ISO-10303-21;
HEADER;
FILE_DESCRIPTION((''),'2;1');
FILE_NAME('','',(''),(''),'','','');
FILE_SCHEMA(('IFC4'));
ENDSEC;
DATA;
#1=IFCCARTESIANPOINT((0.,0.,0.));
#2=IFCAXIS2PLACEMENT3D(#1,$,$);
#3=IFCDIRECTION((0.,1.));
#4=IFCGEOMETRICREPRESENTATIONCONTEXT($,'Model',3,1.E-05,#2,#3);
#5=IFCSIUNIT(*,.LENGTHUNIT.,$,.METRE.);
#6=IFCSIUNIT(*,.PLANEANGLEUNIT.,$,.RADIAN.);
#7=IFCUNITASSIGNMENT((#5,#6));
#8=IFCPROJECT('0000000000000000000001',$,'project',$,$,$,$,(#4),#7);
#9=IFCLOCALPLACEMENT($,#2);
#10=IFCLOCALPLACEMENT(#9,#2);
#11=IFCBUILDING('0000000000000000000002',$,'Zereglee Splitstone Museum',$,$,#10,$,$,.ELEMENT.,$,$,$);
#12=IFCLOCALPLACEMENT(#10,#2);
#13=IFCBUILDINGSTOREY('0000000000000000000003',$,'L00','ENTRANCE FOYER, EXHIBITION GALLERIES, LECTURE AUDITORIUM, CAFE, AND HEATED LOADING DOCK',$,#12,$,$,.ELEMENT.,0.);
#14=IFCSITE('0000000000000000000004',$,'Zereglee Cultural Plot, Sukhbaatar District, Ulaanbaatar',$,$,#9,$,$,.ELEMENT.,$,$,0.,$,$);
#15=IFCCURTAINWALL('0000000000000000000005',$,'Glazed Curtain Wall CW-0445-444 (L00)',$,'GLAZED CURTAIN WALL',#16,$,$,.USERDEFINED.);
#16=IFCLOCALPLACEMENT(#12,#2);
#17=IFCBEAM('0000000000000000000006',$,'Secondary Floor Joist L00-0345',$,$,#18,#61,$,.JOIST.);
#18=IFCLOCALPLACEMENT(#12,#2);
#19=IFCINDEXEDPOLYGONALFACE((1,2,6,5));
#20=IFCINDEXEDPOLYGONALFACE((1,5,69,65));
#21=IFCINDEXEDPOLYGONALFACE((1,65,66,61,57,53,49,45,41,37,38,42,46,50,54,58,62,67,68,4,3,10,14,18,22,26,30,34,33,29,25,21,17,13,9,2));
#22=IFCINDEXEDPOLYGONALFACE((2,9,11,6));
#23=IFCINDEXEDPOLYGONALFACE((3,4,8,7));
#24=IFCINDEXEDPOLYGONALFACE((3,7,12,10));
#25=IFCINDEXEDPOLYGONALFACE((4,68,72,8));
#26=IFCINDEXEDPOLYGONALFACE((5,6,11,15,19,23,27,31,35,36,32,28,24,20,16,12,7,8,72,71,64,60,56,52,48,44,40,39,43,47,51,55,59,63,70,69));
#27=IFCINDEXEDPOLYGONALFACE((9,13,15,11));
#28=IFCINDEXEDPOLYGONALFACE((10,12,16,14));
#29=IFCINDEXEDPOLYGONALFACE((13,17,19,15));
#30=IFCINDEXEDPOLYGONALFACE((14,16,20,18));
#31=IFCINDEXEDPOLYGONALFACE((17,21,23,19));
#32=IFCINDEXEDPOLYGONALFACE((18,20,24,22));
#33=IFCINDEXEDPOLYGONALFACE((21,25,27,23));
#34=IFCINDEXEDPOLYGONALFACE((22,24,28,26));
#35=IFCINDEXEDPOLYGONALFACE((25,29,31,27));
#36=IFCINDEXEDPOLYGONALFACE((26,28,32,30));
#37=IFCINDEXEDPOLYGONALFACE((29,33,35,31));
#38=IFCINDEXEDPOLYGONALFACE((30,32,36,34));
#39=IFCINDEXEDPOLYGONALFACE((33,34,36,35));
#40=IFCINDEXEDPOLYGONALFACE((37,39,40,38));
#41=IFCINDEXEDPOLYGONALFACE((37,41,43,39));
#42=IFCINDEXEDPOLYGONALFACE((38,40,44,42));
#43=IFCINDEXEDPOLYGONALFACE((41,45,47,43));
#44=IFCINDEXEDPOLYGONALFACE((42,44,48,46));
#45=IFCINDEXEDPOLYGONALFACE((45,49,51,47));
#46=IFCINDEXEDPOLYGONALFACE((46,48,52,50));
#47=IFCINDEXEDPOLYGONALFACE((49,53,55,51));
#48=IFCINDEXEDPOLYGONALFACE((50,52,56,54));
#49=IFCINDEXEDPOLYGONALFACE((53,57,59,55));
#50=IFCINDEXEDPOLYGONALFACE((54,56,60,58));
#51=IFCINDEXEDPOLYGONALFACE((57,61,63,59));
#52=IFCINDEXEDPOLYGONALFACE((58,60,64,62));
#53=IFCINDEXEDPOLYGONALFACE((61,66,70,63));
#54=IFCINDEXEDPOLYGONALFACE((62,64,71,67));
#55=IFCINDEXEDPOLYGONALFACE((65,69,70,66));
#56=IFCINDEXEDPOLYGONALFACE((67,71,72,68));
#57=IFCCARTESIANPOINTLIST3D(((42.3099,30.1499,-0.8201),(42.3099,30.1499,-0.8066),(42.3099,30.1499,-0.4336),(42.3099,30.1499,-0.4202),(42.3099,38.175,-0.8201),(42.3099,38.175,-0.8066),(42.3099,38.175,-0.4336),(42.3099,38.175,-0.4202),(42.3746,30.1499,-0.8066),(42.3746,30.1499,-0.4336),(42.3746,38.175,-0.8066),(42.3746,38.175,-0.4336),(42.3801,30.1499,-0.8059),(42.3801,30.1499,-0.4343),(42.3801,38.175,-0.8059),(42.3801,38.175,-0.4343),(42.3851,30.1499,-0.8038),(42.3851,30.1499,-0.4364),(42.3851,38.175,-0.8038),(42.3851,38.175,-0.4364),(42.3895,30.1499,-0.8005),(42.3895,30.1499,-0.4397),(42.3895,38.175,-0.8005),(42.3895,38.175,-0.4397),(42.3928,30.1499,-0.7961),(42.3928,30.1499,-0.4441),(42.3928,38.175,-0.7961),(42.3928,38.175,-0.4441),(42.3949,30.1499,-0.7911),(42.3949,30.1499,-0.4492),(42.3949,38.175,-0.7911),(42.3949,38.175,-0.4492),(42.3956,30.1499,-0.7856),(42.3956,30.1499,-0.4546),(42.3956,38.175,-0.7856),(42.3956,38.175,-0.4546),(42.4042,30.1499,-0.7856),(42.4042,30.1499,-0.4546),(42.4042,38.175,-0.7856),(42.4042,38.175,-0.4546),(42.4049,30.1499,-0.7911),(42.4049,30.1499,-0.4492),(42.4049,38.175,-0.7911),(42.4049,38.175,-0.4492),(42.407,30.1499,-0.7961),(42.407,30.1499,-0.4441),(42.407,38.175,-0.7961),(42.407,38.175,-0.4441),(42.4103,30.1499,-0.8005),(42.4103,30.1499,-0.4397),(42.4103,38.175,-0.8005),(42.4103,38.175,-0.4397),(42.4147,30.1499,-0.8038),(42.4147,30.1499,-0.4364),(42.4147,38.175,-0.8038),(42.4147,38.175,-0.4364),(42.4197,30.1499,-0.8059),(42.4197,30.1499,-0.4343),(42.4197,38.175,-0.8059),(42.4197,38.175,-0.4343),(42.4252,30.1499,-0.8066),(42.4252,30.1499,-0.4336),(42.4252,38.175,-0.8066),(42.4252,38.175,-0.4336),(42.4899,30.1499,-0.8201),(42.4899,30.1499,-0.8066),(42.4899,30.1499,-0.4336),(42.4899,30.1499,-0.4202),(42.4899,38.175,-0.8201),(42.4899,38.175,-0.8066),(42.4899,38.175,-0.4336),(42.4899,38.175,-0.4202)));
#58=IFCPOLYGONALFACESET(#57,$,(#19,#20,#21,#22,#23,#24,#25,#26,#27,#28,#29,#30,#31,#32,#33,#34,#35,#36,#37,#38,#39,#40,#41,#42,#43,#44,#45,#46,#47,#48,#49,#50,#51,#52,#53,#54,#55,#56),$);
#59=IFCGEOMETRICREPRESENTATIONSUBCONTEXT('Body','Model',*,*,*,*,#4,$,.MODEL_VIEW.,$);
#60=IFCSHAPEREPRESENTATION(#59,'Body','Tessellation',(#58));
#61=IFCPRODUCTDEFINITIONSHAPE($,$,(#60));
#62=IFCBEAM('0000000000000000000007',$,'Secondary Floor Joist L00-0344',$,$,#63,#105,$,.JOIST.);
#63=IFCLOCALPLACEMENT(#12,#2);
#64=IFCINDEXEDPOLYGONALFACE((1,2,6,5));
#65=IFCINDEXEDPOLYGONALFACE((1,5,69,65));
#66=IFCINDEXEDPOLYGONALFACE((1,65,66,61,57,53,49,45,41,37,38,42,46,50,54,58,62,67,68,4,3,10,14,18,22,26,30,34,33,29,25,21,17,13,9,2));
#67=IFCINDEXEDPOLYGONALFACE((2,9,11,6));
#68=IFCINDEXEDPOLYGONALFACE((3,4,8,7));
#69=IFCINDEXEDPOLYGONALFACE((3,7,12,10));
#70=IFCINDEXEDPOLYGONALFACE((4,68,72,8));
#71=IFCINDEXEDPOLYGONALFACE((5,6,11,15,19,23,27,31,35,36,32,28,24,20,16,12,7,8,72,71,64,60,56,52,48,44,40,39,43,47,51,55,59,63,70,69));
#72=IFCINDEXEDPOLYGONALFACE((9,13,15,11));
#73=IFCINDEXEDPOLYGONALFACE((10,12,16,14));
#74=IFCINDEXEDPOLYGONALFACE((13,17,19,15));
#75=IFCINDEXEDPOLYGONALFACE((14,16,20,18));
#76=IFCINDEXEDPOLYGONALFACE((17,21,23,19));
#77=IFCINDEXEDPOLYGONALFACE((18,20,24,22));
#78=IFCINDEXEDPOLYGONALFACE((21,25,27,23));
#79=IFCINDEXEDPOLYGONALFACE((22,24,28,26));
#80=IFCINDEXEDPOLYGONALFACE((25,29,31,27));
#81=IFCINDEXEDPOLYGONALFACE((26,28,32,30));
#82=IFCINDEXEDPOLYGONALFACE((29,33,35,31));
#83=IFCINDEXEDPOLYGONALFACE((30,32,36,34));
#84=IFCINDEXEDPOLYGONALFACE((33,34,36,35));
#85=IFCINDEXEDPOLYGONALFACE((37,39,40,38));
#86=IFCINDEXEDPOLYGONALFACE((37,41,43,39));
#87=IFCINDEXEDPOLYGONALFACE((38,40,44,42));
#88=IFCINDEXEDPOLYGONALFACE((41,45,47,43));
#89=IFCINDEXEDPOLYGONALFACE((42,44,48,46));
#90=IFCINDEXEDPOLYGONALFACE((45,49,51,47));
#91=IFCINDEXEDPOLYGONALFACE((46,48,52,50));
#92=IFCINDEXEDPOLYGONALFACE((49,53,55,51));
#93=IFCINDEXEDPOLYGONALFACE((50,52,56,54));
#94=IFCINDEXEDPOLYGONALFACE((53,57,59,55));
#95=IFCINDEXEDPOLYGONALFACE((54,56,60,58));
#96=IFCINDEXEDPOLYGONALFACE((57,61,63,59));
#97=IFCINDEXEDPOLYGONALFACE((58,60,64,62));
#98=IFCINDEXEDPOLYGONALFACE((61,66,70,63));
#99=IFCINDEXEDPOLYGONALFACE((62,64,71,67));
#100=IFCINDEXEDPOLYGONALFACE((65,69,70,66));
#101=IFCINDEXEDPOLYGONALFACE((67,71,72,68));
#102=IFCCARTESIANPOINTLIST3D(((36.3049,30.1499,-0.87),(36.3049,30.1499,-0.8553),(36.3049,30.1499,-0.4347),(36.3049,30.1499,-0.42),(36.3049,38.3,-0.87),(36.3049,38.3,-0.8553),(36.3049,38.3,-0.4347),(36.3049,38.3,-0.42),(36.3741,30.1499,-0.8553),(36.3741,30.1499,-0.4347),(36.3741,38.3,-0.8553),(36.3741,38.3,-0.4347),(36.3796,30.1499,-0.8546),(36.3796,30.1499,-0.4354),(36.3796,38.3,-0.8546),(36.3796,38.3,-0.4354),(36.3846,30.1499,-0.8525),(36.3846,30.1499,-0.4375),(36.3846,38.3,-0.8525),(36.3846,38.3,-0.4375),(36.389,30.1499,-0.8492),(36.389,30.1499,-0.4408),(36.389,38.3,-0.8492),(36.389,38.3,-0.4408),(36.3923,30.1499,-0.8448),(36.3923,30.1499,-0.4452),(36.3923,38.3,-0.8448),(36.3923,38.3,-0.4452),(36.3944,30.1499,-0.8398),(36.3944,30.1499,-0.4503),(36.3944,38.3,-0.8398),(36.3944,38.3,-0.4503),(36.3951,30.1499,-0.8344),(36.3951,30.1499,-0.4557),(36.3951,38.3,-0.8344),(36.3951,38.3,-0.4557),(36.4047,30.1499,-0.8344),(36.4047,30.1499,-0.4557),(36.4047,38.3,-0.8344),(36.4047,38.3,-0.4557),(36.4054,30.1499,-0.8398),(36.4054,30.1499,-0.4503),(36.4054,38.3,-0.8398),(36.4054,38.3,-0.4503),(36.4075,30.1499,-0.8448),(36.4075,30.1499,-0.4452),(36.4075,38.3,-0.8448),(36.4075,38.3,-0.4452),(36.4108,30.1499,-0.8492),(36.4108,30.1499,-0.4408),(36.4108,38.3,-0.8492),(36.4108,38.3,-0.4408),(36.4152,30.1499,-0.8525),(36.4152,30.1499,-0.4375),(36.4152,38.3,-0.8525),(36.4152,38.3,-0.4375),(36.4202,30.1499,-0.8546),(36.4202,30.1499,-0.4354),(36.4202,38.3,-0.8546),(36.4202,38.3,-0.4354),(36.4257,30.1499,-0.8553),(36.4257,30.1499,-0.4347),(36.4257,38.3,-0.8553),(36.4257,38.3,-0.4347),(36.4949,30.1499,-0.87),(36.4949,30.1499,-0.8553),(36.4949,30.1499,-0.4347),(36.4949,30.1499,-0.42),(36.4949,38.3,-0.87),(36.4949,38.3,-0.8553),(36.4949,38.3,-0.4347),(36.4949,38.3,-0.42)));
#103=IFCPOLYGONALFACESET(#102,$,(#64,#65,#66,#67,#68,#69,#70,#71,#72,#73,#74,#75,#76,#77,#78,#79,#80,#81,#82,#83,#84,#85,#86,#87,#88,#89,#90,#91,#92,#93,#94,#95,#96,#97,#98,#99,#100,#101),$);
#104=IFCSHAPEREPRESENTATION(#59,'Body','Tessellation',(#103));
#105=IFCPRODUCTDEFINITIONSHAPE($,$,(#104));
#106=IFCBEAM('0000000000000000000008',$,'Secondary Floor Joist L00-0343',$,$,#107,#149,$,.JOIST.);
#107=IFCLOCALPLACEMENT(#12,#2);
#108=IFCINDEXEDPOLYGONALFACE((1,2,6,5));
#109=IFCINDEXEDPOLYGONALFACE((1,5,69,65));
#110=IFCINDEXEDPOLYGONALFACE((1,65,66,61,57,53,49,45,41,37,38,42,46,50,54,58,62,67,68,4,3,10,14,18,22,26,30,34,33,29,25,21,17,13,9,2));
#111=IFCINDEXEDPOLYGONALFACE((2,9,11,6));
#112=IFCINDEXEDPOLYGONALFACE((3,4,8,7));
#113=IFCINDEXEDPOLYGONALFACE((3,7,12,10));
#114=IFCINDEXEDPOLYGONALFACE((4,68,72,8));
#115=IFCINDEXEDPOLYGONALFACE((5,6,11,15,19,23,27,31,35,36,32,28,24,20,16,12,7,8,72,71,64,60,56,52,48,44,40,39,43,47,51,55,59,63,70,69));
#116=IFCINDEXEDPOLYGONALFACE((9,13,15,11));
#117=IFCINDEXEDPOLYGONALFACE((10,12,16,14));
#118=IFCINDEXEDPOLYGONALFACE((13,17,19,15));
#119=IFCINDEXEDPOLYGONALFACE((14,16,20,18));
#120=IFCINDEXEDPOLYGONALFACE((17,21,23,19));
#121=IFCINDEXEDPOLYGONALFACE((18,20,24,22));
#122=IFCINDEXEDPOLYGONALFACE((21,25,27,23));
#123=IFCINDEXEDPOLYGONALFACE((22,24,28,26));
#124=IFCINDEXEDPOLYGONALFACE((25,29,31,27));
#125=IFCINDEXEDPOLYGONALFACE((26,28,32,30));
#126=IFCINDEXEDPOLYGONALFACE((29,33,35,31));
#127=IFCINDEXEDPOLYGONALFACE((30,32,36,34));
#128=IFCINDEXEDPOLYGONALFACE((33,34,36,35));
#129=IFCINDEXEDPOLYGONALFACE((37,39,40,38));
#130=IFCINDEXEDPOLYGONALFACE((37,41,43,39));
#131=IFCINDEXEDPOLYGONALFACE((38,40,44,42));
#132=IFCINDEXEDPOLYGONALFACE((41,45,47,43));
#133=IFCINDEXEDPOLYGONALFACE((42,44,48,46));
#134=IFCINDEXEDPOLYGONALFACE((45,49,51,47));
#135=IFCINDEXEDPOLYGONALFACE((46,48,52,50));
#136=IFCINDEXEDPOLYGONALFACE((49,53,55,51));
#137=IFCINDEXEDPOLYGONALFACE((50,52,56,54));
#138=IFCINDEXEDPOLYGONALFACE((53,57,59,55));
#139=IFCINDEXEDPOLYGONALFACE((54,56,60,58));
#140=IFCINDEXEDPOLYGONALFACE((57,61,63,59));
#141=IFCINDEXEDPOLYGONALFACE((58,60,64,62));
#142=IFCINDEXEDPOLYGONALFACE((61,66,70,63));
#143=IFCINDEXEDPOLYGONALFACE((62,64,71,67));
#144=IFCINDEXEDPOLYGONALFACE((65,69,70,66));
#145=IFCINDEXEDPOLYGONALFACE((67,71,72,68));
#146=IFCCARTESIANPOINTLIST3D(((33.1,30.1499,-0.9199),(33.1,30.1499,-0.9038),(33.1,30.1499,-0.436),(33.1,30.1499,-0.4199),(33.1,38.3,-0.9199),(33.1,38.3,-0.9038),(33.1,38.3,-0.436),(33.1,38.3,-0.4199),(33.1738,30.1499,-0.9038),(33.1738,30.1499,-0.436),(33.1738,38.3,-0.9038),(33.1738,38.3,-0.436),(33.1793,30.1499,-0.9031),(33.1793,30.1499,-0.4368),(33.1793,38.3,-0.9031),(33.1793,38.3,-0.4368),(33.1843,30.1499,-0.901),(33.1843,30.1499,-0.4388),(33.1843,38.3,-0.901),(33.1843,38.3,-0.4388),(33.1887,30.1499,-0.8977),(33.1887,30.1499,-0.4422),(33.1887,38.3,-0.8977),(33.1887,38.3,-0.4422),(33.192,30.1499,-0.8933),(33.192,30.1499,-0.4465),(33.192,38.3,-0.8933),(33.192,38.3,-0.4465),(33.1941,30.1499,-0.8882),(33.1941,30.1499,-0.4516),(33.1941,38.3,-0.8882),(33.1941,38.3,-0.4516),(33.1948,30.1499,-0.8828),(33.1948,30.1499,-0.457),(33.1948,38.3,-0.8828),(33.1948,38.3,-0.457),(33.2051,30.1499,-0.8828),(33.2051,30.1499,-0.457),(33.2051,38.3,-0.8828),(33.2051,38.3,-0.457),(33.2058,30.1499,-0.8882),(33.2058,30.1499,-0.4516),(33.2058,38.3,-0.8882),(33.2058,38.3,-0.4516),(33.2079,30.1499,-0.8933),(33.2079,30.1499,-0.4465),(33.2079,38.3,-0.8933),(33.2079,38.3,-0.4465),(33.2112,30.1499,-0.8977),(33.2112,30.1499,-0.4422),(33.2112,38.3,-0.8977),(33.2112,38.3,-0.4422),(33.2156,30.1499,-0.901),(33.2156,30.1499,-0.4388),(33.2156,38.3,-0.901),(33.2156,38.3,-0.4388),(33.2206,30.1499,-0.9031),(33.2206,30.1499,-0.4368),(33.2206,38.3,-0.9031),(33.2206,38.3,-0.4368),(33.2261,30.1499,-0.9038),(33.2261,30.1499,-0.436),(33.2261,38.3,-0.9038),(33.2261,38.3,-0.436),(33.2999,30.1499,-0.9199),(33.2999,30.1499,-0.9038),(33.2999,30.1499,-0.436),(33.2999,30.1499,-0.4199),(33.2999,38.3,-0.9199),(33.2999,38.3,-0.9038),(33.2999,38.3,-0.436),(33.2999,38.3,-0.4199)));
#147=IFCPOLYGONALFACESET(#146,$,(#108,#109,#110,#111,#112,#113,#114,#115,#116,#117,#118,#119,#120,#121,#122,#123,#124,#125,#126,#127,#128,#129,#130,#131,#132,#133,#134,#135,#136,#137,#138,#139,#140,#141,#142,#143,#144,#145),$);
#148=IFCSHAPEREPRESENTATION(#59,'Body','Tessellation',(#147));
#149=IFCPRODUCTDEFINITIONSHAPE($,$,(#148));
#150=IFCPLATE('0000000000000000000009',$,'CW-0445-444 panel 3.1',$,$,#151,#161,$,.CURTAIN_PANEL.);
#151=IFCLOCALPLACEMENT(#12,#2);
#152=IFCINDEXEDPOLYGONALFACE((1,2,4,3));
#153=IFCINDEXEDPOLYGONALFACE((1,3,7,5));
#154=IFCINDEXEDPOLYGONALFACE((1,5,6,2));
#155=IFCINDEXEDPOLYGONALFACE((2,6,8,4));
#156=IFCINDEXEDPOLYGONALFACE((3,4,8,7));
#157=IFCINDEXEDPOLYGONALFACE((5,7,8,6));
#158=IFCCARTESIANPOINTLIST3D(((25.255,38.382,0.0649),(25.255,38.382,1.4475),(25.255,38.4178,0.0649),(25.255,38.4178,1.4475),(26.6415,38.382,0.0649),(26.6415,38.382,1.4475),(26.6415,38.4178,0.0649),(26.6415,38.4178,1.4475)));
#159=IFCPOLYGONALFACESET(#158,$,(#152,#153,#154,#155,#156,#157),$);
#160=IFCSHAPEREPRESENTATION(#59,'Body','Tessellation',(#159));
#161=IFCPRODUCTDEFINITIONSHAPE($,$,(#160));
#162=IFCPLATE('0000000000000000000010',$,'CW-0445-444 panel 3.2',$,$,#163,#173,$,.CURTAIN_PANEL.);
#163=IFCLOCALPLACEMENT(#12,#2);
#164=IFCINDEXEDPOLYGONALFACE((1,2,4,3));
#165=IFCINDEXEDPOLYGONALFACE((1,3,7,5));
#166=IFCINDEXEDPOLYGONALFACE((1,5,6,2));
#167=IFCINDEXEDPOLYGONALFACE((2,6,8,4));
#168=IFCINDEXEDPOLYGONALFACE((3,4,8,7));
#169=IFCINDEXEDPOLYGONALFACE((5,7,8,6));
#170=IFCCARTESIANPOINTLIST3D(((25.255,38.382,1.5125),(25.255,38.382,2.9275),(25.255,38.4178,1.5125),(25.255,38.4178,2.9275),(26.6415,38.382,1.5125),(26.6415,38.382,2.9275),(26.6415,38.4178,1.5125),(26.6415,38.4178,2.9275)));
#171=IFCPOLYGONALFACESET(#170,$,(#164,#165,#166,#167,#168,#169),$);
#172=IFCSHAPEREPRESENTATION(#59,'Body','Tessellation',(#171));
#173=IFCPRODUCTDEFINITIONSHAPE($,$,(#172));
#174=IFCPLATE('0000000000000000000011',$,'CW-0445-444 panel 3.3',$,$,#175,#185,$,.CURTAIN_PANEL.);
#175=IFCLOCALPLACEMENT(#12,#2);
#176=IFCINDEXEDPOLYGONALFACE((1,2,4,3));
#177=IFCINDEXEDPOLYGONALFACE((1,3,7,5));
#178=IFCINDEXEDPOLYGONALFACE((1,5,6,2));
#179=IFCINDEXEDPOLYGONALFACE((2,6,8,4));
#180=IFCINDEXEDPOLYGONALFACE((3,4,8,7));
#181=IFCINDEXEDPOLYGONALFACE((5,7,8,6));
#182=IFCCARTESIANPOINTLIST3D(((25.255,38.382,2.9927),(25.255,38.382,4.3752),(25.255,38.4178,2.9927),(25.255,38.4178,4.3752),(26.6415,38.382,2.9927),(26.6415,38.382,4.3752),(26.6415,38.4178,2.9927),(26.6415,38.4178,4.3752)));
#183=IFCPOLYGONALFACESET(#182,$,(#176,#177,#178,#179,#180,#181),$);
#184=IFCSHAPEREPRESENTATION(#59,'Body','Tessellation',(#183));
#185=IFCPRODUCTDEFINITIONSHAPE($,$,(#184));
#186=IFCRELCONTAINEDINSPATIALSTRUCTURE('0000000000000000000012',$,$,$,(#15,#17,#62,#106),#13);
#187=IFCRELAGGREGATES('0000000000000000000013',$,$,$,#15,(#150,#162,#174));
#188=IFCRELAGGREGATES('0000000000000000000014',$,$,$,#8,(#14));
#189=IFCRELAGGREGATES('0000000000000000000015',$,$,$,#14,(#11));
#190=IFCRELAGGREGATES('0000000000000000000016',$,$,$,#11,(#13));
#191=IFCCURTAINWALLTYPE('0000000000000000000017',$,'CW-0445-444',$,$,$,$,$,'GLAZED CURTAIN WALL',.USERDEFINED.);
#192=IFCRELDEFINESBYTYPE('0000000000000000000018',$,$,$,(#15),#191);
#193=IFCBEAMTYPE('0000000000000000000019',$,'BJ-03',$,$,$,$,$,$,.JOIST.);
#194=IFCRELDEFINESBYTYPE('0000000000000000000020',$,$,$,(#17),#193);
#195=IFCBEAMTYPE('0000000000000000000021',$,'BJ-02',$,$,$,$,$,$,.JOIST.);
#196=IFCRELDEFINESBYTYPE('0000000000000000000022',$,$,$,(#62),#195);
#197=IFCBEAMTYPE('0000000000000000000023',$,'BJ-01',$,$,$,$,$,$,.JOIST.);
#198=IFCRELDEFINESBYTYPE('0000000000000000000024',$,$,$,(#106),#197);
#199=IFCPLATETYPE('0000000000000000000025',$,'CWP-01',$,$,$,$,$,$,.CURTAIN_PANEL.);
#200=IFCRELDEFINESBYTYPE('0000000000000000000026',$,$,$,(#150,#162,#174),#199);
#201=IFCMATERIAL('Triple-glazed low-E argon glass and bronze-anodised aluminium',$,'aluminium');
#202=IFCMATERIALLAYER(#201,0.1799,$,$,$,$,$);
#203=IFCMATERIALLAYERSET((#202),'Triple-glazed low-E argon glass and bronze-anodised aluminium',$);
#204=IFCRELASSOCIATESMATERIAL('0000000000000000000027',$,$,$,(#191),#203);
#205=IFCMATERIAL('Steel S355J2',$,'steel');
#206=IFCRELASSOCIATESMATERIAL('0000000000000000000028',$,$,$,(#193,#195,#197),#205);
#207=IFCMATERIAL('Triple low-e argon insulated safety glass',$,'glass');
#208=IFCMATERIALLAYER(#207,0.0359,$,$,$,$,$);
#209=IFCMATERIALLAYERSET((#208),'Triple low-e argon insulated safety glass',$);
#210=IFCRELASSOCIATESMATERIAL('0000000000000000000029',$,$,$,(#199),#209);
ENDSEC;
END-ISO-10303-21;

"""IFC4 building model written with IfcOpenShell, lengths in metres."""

from ifc_helpers import new_model, si_unit, direction, frame, origin, origin_2d, place, context, subcontext, project, spatial, rectangle, i_section, extrude, material, layer, layer_set, material_profile, profile_set, type_object, element, aggregate, save


model = new_model("IFC4")

# Units and contexts
model_context = context("Model", 3, precision=1e-05, world=origin(), true_north=direction((0.0, 1.0)))
body_context = subcontext(model_context, "Body", "Model", "MODEL_VIEW")
ifc_project = project(units=[si_unit("LENGTHUNIT", "METRE"), si_unit("PLANEANGLEUNIT", "RADIAN")], contexts=[model_context])

# Site, building, storey
site_placement = place(None, origin())
site = spatial("IfcSite", under=ifc_project, at=site_placement, Name="Zereglee Cultural Plot, Sukhbaatar District, Ulaanbaatar", CompositionType="ELEMENT", RefElevation=0.0)
building_placement = place(site_placement, origin())
building = spatial("IfcBuilding", under=site, at=building_placement, Name="Zereglee Splitstone Museum", CompositionType="ELEMENT")
storey_placement = place(building_placement, origin())
storey = spatial("IfcBuildingStorey", under=building, at=storey_placement, Name="L00", Description="ENTRANCE FOYER, EXHIBITION GALLERIES, LECTURE AUDITORIUM, CAFE, AND HEATED LOADING DOCK", CompositionType="ELEMENT", Elevation=0.0)

# Curtain wall
ifc_material_1 = material(Name="Triple-glazed low-E argon glass and bronze-anodised aluminium", Category="aluminium")
ifc_layer_1 = layer(ifc_material_1, 0.1799)
ifc_layer_set_1 = layer_set([ifc_layer_1], Name="Triple-glazed low-E argon glass and bronze-anodised aluminium")
curtain_wall_type_1 = type_object("IfcCurtainWallType", Name="CW-0445-444", ElementType="GLAZED CURTAIN WALL", PredefinedType="USERDEFINED", material=ifc_layer_set_1)
curtain_wall_1_placement = place(storey_placement, origin())
curtain_wall_1 = element("IfcCurtainWall", 1, at=curtain_wall_1_placement, inside=storey, type_object=curtain_wall_type_1, Name="Glazed Curtain Wall CW-0445-444 (L00)", ObjectType="GLAZED CURTAIN WALL", PredefinedType="USERDEFINED")

# Beams
ifc_material_2 = material(Name="Steel S355J2", Category="steel")
ifc_material_profile_1 = material_profile(ifc_material_2, i_section(OverallWidth=0.1799, OverallDepth=0.3999, WebThickness=0.0085, FlangeThickness=0.0134, FilletRadius=0.021, at=origin_2d()), Name="IPE 400")
ifc_profile_set_1 = profile_set([ifc_material_profile_1], Name="Steel S355J2")
beam_type_1 = type_object("IfcBeamType", Name="BJ-03", PredefinedType="JOIST", material=ifc_profile_set_1)
beam_1_placement = place(storey_placement, frame((42.3999, 30.1499, -0.6201), z_axis=(0.0, 1.0, 0.0), x_axis=(-1.0, 0.0, 0.0)))
element("IfcBeam", 2, at=beam_1_placement, inside=storey, type_object=beam_type_1, Name="Secondary Floor Joist L00-0345", PredefinedType="JOIST", context=body_context, shape_type="SweptSolid", body=[
    extrude(i_section(OverallWidth=0.1799, OverallDepth=0.3999, WebThickness=0.0085, FlangeThickness=0.0134, FilletRadius=0.021, at=origin_2d()), origin(), (0.0, 0.0, 1.0), 8.0251),
])
ifc_material_profile_2 = material_profile(ifc_material_2, i_section(OverallWidth=0.1899, OverallDepth=0.45, WebThickness=0.0095, FlangeThickness=0.0146, FilletRadius=0.021, at=origin_2d()), Name="IPE 450")
ifc_profile_set_2 = profile_set([ifc_material_profile_2], Name="Steel S355J2")
beam_type_2 = type_object("IfcBeamType", Name="BJ-02", PredefinedType="JOIST", material=ifc_profile_set_2)
beam_2_placement = place(storey_placement, frame((36.3999, 30.1499, -0.645), z_axis=(0.0, 1.0, 0.0), x_axis=(-1.0, 0.0, 0.0)))
element("IfcBeam", 3, at=beam_2_placement, inside=storey, type_object=beam_type_2, Name="Secondary Floor Joist L00-0344", PredefinedType="JOIST", context=body_context, shape_type="SweptSolid", body=[
    extrude(i_section(OverallWidth=0.1899, OverallDepth=0.45, WebThickness=0.0095, FlangeThickness=0.0146, FilletRadius=0.021, at=origin_2d()), origin(), (0.0, 0.0, 1.0), 8.1501),
])
ifc_material_profile_3 = material_profile(ifc_material_2, i_section(OverallWidth=0.2, OverallDepth=0.5, WebThickness=0.0103, FlangeThickness=0.0161, FilletRadius=0.021, at=origin_2d()), Name="IPE 500")
ifc_profile_set_3 = profile_set([ifc_material_profile_3], Name="Steel S355J2")
beam_type_3 = type_object("IfcBeamType", Name="BJ-01", PredefinedType="JOIST", material=ifc_profile_set_3)
beam_3_placement = place(storey_placement, frame((33.2, 30.1499, -0.6699), z_axis=(0.0, 1.0, 0.0), x_axis=(-1.0, 0.0, 0.0)))
element("IfcBeam", 4, at=beam_3_placement, inside=storey, type_object=beam_type_3, Name="Secondary Floor Joist L00-0343", PredefinedType="JOIST", context=body_context, shape_type="SweptSolid", body=[
    extrude(i_section(OverallWidth=0.2, OverallDepth=0.5, WebThickness=0.0103, FlangeThickness=0.0161, FilletRadius=0.021, at=origin_2d()), origin(), (0.0, 0.0, 1.0), 8.1501),
])

# Plates
ifc_material_3 = material(Name="Triple low-e argon insulated safety glass", Category="glass")
ifc_layer_2 = layer(ifc_material_3, 0.0359)
ifc_layer_set_2 = layer_set([ifc_layer_2], Name="Triple low-e argon insulated safety glass")
plate_type = type_object("IfcPlateType", Name="CWP-01", PredefinedType="CURTAIN_PANEL", material=ifc_layer_set_2)
plate_1_placement = place(storey_placement, frame((25.9482, 38.3999, 0.0649), z_axis=(0.0, 0.0, 1.0), x_axis=(-1.0, 0.0, 0.0)))
plate_1 = element("IfcPlate", 5, at=plate_1_placement, type_object=plate_type, Name="CW-0445-444 panel 3.1", PredefinedType="CURTAIN_PANEL", context=body_context, shape_type="SweptSolid", body=[
    extrude(rectangle(XDim=1.3865, YDim=0.0359, at=origin_2d()), origin(), (0.0, 0.0, 1.0), 1.3826),
])
plate_2_placement = place(storey_placement, frame((25.9482, 38.3999, 1.5125), z_axis=(0.0, 0.0, 1.0), x_axis=(-1.0, 0.0, 0.0)))
plate_2 = element("IfcPlate", 6, at=plate_2_placement, type_object=plate_type, Name="CW-0445-444 panel 3.2", PredefinedType="CURTAIN_PANEL", context=body_context, shape_type="SweptSolid", body=[
    extrude(rectangle(XDim=1.3865, YDim=0.0359, at=origin_2d()), origin(), (0.0, 0.0, 1.0), 1.415),
])
plate_3_placement = place(storey_placement, frame((25.9482, 38.3999, 2.9927), z_axis=(0.0, 0.0, 1.0), x_axis=(-1.0, 0.0, 0.0)))
plate_3 = element("IfcPlate", 7, at=plate_3_placement, type_object=plate_type, Name="CW-0445-444 panel 3.3", PredefinedType="CURTAIN_PANEL", context=body_context, shape_type="SweptSolid", body=[
    extrude(rectangle(XDim=1.3865, YDim=0.0359, at=origin_2d()), origin(), (0.0, 0.0, 1.0), 1.3826),
])
aggregate(curtain_wall_1, [plate_1, plate_2, plate_3])

save(model, "model.ifc")
